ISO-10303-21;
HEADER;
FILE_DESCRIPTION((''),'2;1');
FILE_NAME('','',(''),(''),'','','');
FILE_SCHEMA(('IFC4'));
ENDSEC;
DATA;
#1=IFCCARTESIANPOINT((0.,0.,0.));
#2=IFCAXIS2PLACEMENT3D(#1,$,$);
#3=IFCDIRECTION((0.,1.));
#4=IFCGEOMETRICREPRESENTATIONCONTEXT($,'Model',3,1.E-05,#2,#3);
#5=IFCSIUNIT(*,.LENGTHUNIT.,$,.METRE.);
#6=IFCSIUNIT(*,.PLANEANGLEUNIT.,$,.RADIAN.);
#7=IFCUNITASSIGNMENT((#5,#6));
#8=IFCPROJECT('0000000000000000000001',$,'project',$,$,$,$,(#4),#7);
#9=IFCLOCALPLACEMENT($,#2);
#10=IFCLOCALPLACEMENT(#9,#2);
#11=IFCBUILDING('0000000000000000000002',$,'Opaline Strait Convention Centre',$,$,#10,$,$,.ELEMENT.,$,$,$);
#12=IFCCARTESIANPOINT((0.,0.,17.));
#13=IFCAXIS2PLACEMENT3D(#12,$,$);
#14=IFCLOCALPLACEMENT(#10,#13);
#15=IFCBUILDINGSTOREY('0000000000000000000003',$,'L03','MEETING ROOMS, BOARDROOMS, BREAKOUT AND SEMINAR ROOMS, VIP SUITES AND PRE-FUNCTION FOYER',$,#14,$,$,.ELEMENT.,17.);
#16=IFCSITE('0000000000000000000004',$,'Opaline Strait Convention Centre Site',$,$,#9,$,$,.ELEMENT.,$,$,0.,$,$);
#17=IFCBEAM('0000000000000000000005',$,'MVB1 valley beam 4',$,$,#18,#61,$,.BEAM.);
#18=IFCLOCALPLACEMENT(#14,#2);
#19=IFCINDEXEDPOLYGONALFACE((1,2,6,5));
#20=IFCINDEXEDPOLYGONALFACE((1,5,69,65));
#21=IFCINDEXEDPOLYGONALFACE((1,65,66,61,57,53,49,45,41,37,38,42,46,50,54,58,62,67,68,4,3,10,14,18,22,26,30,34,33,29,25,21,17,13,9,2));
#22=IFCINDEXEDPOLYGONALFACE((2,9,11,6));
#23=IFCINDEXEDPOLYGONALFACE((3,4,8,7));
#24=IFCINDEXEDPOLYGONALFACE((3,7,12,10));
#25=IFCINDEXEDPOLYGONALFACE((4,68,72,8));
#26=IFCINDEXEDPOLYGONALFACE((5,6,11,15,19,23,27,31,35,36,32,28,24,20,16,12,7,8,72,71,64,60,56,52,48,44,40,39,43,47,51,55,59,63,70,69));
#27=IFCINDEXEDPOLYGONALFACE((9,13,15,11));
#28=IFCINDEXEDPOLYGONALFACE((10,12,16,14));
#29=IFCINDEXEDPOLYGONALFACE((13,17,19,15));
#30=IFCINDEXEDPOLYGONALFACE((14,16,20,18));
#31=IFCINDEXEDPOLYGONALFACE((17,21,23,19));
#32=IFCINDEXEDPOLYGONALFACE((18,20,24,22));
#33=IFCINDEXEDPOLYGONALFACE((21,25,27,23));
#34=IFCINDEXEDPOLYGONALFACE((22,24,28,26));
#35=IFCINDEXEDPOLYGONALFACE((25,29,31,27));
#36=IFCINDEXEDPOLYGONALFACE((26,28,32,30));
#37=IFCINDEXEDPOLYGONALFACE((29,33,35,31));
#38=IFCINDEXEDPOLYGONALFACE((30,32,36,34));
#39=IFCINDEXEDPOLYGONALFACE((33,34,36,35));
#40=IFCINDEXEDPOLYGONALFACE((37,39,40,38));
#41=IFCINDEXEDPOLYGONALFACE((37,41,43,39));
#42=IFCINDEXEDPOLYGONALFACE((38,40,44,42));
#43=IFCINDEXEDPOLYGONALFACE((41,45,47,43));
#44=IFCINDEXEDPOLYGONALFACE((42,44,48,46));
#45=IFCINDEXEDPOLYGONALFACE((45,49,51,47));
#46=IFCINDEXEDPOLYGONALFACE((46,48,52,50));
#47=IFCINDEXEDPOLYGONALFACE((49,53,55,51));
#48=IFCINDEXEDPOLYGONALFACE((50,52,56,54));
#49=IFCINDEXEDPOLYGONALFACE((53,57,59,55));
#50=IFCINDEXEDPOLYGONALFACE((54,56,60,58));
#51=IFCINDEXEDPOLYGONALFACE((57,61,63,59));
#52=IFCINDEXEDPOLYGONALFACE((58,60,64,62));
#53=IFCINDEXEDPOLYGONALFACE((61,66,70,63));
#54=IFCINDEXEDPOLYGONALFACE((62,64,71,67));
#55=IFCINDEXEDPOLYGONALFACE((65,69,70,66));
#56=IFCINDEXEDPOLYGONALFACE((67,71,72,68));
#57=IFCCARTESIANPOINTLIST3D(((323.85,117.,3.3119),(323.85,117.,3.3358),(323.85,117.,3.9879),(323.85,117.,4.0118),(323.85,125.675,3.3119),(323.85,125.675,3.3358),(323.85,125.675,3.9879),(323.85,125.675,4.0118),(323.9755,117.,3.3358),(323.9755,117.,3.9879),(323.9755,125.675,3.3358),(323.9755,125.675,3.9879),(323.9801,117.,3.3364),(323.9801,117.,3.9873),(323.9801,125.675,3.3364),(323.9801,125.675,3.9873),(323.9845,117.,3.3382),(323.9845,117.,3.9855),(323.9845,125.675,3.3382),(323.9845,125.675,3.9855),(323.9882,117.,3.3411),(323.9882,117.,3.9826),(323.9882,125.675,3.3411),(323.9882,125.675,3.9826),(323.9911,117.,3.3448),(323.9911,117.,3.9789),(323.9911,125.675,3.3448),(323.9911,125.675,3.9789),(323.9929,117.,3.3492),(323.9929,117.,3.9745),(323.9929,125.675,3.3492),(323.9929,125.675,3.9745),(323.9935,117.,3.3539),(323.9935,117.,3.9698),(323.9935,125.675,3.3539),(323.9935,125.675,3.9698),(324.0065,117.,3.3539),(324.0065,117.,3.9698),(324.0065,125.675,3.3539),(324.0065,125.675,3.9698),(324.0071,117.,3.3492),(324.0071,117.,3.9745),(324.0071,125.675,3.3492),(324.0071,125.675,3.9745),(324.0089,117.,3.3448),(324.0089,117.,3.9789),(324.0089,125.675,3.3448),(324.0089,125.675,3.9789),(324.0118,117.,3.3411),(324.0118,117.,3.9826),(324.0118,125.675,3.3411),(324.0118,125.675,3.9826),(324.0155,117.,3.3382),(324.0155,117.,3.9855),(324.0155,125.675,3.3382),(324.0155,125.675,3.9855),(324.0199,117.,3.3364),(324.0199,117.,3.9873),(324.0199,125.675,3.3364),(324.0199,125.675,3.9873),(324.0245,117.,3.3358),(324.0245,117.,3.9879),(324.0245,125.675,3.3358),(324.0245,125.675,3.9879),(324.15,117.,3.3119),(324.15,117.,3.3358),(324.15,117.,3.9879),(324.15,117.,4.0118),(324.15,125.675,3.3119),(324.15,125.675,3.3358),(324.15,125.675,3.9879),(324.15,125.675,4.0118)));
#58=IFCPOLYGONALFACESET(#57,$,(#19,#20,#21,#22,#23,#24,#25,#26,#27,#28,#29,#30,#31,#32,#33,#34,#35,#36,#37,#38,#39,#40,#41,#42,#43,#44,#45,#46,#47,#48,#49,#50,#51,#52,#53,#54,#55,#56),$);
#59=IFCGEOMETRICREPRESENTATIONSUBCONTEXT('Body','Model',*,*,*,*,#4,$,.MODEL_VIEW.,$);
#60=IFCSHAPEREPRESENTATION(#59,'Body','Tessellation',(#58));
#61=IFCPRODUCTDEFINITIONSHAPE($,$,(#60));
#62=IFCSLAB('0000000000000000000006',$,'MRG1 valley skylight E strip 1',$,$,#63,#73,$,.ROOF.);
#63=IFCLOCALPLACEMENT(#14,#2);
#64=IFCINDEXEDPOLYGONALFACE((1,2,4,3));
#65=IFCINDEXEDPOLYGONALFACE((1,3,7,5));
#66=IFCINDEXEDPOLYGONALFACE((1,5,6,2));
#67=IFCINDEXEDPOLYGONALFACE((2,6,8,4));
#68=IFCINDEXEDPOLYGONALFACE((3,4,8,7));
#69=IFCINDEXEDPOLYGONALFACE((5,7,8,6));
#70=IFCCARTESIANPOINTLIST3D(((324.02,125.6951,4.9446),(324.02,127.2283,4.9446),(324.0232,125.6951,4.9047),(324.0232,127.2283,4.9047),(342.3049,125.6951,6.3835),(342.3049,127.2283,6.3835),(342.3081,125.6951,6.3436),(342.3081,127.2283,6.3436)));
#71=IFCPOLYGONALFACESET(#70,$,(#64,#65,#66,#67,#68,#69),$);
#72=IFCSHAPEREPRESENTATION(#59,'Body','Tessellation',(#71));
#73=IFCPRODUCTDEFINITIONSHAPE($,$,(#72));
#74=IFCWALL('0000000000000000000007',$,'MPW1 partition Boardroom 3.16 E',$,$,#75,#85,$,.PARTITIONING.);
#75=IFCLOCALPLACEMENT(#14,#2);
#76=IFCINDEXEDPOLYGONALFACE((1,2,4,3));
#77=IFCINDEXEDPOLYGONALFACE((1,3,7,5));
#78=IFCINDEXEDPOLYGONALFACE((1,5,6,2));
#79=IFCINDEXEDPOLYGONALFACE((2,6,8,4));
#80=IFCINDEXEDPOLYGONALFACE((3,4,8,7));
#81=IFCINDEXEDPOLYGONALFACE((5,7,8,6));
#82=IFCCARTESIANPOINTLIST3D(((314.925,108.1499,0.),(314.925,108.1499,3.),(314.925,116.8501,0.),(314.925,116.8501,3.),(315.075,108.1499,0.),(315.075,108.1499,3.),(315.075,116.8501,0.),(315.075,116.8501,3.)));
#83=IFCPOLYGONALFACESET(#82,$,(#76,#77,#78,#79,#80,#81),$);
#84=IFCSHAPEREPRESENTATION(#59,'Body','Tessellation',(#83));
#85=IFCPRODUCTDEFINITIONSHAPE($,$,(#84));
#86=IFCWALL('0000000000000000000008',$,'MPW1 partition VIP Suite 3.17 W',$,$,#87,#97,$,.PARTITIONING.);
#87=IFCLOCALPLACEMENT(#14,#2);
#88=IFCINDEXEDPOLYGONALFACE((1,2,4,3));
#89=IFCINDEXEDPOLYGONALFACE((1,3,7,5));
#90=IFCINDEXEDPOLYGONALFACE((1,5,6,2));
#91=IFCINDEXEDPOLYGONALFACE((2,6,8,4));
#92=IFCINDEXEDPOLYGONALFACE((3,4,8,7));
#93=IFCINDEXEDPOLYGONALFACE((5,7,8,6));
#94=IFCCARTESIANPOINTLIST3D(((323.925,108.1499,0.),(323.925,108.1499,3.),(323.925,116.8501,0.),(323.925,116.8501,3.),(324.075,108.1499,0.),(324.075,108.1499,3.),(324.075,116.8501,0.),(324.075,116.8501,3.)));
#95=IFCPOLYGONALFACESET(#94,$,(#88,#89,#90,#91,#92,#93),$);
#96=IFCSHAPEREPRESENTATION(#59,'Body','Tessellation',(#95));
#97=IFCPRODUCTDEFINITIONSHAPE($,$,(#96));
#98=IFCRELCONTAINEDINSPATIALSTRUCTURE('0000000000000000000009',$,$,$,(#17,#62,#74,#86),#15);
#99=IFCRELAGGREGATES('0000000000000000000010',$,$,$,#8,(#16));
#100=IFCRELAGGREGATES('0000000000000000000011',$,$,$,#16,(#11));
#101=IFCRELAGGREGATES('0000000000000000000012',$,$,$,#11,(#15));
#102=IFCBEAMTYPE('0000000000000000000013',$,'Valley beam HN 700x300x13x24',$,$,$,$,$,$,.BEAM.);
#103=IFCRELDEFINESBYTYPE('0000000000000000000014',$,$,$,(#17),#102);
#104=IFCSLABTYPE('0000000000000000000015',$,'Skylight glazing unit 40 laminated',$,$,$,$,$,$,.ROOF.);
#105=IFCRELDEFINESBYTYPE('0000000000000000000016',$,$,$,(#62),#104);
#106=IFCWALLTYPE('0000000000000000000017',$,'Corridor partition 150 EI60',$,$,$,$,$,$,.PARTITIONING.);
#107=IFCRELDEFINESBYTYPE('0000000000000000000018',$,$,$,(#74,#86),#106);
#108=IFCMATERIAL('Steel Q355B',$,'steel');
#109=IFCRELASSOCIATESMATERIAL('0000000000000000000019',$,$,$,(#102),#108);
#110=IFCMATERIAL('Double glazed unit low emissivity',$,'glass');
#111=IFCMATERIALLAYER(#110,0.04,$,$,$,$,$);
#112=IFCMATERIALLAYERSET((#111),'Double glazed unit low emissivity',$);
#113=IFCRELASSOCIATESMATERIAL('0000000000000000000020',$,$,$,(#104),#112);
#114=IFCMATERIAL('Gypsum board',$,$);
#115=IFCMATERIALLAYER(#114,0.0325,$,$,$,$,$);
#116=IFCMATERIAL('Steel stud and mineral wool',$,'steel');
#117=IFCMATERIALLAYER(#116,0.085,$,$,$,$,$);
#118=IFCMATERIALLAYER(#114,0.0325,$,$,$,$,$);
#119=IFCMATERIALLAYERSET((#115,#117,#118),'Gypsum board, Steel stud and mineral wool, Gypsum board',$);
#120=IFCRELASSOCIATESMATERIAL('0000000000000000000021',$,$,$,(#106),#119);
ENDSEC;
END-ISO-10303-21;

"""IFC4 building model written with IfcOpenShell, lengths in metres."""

from ifc_helpers import new_model, si_unit, direction, frame, frame_2d, origin, origin_2d, place, context, subcontext, project, spatial, polyline, rectangle, i_section, outline, extrude, material, layer, layer_set, material_profile, profile_set, type_object, element, save


model = new_model("IFC4")

# Units and contexts
model_context = context("Model", 3, precision=1e-05, world=origin(), true_north=direction((0.0, 1.0)))
body_context = subcontext(model_context, "Body", "Model", "MODEL_VIEW")
ifc_project = project(units=[si_unit("LENGTHUNIT", "METRE"), si_unit("PLANEANGLEUNIT", "RADIAN")], contexts=[model_context])

# Site, building, storey
site_placement = place(None, origin())
site = spatial("IfcSite", under=ifc_project, at=site_placement, Name="Opaline Strait Convention Centre Site", CompositionType="ELEMENT", RefElevation=0.0)
building_placement = place(site_placement, origin())
building = spatial("IfcBuilding", under=site, at=building_placement, Name="Opaline Strait Convention Centre", CompositionType="ELEMENT")
storey_placement = place(building_placement, frame((0.0, 0.0, 17.0)))
storey = spatial("IfcBuildingStorey", under=building, at=storey_placement, Name="L03", Description="MEETING ROOMS, BOARDROOMS, BREAKOUT AND SEMINAR ROOMS, VIP SUITES AND PRE-FUNCTION FOYER", CompositionType="ELEMENT", Elevation=17.0)

# Shared definitions
ifc_material_1 = material(Name="Steel Q355B", Category="steel")

# Beam
ifc_material_profile_1 = material_profile(ifc_material_1, i_section(OverallWidth=0.3, OverallDepth=0.7, WebThickness=0.0129, FlangeThickness=0.0239, FilletRadius=0.0181, at=origin_2d()), Name="HN 700x300x13x24")
ifc_profile_set_1 = profile_set([ifc_material_profile_1], Name="Steel Q355B")
beam_type = type_object("IfcBeamType", Name="Valley beam HN 700x300x13x24", PredefinedType="BEAM", material=ifc_profile_set_1)
beam_placement = place(storey_placement, frame((324.0, 117.0, 3.6619), z_axis=(0.0, 1.0, 0.0), x_axis=(-1.0, 0.0, 0.0)))
element("IfcBeam", 1, at=beam_placement, inside=storey, type_object=beam_type, Name="MVB1 valley beam 4", PredefinedType="BEAM", context=body_context, shape_type="SweptSolid", body=[
    extrude(i_section(OverallWidth=0.3, OverallDepth=0.7, WebThickness=0.0129, FlangeThickness=0.0239, FilletRadius=0.0181, at=origin_2d()), origin(), (0.0, 0.0, 1.0), 8.675),
])

# Slab
ifc_material_2 = material(Name="Double glazed unit low emissivity", Category="glass")
ifc_layer_1 = layer(ifc_material_2, 0.04)
ifc_layer_set_1 = layer_set([ifc_layer_1], Name="Double glazed unit low emissivity")
slab_type = type_object("IfcSlabType", Name="Skylight glazing unit 40 laminated", PredefinedType="ROOF", material=ifc_layer_set_1)
slab_placement = place(storey_placement, frame((324.02, 125.6951, 4.9446), z_axis=(-0.078454, 0.0, 0.996918), x_axis=(0.996918, 0.0, 0.078454)))
element("IfcSlab", 2, at=slab_placement, inside=storey, type_object=slab_type, Name="MRG1 valley skylight E strip 1", PredefinedType="ROOF", context=body_context, shape_type="SweptSolid", body=[
    extrude(outline(polyline([(0.0, 0.0), (18.3414, 0.0), (18.3414, 1.5332), (0.0, 1.5332), (0.0, 0.0)])), origin(), (0.0, 0.0, -1.0), 0.04),
])

# Walls
ifc_material_3 = material(Name="Gypsum board")
ifc_layer_2 = layer(ifc_material_3, 0.0325)
ifc_material_4 = material(Name="Steel stud and mineral wool", Category="steel")
ifc_layer_3 = layer(ifc_material_4, 0.085)
ifc_layer_4 = layer(ifc_material_3, 0.0325)
ifc_layer_set_2 = layer_set([ifc_layer_2, ifc_layer_3, ifc_layer_4], Name="Gypsum board, Steel stud and mineral wool, Gypsum board")
wall_type = type_object("IfcWallType", Name="Corridor partition 150 EI60", PredefinedType="PARTITIONING", material=ifc_layer_set_2)
for number, where, z_axis, x_axis, name in (
    (3, (315.0, 108.1499, 0.0), (0.0, 0.0, 1.0), (0.0, 1.0, 0.0), "MPW1 partition Boardroom 3.16 E"),
    (4, (324.0, 108.1499, 0.0), (0.0, 0.0, 1.0), (0.0, 1.0, 0.0), "MPW1 partition VIP Suite 3.17 W"),
):
    element("IfcWall", number, at=place(storey_placement, frame(where, z_axis=z_axis, x_axis=x_axis)), inside=storey, type_object=wall_type, Name=name, PredefinedType="PARTITIONING", context=body_context, shape_type="SweptSolid", body=[
        extrude(rectangle(XDim=8.7002, YDim=0.1499, at=frame_2d((4.3501, 0.0))), origin(), (0.0, 0.0, 1.0), 3.0),
    ])

save(model, "model.ifc")
